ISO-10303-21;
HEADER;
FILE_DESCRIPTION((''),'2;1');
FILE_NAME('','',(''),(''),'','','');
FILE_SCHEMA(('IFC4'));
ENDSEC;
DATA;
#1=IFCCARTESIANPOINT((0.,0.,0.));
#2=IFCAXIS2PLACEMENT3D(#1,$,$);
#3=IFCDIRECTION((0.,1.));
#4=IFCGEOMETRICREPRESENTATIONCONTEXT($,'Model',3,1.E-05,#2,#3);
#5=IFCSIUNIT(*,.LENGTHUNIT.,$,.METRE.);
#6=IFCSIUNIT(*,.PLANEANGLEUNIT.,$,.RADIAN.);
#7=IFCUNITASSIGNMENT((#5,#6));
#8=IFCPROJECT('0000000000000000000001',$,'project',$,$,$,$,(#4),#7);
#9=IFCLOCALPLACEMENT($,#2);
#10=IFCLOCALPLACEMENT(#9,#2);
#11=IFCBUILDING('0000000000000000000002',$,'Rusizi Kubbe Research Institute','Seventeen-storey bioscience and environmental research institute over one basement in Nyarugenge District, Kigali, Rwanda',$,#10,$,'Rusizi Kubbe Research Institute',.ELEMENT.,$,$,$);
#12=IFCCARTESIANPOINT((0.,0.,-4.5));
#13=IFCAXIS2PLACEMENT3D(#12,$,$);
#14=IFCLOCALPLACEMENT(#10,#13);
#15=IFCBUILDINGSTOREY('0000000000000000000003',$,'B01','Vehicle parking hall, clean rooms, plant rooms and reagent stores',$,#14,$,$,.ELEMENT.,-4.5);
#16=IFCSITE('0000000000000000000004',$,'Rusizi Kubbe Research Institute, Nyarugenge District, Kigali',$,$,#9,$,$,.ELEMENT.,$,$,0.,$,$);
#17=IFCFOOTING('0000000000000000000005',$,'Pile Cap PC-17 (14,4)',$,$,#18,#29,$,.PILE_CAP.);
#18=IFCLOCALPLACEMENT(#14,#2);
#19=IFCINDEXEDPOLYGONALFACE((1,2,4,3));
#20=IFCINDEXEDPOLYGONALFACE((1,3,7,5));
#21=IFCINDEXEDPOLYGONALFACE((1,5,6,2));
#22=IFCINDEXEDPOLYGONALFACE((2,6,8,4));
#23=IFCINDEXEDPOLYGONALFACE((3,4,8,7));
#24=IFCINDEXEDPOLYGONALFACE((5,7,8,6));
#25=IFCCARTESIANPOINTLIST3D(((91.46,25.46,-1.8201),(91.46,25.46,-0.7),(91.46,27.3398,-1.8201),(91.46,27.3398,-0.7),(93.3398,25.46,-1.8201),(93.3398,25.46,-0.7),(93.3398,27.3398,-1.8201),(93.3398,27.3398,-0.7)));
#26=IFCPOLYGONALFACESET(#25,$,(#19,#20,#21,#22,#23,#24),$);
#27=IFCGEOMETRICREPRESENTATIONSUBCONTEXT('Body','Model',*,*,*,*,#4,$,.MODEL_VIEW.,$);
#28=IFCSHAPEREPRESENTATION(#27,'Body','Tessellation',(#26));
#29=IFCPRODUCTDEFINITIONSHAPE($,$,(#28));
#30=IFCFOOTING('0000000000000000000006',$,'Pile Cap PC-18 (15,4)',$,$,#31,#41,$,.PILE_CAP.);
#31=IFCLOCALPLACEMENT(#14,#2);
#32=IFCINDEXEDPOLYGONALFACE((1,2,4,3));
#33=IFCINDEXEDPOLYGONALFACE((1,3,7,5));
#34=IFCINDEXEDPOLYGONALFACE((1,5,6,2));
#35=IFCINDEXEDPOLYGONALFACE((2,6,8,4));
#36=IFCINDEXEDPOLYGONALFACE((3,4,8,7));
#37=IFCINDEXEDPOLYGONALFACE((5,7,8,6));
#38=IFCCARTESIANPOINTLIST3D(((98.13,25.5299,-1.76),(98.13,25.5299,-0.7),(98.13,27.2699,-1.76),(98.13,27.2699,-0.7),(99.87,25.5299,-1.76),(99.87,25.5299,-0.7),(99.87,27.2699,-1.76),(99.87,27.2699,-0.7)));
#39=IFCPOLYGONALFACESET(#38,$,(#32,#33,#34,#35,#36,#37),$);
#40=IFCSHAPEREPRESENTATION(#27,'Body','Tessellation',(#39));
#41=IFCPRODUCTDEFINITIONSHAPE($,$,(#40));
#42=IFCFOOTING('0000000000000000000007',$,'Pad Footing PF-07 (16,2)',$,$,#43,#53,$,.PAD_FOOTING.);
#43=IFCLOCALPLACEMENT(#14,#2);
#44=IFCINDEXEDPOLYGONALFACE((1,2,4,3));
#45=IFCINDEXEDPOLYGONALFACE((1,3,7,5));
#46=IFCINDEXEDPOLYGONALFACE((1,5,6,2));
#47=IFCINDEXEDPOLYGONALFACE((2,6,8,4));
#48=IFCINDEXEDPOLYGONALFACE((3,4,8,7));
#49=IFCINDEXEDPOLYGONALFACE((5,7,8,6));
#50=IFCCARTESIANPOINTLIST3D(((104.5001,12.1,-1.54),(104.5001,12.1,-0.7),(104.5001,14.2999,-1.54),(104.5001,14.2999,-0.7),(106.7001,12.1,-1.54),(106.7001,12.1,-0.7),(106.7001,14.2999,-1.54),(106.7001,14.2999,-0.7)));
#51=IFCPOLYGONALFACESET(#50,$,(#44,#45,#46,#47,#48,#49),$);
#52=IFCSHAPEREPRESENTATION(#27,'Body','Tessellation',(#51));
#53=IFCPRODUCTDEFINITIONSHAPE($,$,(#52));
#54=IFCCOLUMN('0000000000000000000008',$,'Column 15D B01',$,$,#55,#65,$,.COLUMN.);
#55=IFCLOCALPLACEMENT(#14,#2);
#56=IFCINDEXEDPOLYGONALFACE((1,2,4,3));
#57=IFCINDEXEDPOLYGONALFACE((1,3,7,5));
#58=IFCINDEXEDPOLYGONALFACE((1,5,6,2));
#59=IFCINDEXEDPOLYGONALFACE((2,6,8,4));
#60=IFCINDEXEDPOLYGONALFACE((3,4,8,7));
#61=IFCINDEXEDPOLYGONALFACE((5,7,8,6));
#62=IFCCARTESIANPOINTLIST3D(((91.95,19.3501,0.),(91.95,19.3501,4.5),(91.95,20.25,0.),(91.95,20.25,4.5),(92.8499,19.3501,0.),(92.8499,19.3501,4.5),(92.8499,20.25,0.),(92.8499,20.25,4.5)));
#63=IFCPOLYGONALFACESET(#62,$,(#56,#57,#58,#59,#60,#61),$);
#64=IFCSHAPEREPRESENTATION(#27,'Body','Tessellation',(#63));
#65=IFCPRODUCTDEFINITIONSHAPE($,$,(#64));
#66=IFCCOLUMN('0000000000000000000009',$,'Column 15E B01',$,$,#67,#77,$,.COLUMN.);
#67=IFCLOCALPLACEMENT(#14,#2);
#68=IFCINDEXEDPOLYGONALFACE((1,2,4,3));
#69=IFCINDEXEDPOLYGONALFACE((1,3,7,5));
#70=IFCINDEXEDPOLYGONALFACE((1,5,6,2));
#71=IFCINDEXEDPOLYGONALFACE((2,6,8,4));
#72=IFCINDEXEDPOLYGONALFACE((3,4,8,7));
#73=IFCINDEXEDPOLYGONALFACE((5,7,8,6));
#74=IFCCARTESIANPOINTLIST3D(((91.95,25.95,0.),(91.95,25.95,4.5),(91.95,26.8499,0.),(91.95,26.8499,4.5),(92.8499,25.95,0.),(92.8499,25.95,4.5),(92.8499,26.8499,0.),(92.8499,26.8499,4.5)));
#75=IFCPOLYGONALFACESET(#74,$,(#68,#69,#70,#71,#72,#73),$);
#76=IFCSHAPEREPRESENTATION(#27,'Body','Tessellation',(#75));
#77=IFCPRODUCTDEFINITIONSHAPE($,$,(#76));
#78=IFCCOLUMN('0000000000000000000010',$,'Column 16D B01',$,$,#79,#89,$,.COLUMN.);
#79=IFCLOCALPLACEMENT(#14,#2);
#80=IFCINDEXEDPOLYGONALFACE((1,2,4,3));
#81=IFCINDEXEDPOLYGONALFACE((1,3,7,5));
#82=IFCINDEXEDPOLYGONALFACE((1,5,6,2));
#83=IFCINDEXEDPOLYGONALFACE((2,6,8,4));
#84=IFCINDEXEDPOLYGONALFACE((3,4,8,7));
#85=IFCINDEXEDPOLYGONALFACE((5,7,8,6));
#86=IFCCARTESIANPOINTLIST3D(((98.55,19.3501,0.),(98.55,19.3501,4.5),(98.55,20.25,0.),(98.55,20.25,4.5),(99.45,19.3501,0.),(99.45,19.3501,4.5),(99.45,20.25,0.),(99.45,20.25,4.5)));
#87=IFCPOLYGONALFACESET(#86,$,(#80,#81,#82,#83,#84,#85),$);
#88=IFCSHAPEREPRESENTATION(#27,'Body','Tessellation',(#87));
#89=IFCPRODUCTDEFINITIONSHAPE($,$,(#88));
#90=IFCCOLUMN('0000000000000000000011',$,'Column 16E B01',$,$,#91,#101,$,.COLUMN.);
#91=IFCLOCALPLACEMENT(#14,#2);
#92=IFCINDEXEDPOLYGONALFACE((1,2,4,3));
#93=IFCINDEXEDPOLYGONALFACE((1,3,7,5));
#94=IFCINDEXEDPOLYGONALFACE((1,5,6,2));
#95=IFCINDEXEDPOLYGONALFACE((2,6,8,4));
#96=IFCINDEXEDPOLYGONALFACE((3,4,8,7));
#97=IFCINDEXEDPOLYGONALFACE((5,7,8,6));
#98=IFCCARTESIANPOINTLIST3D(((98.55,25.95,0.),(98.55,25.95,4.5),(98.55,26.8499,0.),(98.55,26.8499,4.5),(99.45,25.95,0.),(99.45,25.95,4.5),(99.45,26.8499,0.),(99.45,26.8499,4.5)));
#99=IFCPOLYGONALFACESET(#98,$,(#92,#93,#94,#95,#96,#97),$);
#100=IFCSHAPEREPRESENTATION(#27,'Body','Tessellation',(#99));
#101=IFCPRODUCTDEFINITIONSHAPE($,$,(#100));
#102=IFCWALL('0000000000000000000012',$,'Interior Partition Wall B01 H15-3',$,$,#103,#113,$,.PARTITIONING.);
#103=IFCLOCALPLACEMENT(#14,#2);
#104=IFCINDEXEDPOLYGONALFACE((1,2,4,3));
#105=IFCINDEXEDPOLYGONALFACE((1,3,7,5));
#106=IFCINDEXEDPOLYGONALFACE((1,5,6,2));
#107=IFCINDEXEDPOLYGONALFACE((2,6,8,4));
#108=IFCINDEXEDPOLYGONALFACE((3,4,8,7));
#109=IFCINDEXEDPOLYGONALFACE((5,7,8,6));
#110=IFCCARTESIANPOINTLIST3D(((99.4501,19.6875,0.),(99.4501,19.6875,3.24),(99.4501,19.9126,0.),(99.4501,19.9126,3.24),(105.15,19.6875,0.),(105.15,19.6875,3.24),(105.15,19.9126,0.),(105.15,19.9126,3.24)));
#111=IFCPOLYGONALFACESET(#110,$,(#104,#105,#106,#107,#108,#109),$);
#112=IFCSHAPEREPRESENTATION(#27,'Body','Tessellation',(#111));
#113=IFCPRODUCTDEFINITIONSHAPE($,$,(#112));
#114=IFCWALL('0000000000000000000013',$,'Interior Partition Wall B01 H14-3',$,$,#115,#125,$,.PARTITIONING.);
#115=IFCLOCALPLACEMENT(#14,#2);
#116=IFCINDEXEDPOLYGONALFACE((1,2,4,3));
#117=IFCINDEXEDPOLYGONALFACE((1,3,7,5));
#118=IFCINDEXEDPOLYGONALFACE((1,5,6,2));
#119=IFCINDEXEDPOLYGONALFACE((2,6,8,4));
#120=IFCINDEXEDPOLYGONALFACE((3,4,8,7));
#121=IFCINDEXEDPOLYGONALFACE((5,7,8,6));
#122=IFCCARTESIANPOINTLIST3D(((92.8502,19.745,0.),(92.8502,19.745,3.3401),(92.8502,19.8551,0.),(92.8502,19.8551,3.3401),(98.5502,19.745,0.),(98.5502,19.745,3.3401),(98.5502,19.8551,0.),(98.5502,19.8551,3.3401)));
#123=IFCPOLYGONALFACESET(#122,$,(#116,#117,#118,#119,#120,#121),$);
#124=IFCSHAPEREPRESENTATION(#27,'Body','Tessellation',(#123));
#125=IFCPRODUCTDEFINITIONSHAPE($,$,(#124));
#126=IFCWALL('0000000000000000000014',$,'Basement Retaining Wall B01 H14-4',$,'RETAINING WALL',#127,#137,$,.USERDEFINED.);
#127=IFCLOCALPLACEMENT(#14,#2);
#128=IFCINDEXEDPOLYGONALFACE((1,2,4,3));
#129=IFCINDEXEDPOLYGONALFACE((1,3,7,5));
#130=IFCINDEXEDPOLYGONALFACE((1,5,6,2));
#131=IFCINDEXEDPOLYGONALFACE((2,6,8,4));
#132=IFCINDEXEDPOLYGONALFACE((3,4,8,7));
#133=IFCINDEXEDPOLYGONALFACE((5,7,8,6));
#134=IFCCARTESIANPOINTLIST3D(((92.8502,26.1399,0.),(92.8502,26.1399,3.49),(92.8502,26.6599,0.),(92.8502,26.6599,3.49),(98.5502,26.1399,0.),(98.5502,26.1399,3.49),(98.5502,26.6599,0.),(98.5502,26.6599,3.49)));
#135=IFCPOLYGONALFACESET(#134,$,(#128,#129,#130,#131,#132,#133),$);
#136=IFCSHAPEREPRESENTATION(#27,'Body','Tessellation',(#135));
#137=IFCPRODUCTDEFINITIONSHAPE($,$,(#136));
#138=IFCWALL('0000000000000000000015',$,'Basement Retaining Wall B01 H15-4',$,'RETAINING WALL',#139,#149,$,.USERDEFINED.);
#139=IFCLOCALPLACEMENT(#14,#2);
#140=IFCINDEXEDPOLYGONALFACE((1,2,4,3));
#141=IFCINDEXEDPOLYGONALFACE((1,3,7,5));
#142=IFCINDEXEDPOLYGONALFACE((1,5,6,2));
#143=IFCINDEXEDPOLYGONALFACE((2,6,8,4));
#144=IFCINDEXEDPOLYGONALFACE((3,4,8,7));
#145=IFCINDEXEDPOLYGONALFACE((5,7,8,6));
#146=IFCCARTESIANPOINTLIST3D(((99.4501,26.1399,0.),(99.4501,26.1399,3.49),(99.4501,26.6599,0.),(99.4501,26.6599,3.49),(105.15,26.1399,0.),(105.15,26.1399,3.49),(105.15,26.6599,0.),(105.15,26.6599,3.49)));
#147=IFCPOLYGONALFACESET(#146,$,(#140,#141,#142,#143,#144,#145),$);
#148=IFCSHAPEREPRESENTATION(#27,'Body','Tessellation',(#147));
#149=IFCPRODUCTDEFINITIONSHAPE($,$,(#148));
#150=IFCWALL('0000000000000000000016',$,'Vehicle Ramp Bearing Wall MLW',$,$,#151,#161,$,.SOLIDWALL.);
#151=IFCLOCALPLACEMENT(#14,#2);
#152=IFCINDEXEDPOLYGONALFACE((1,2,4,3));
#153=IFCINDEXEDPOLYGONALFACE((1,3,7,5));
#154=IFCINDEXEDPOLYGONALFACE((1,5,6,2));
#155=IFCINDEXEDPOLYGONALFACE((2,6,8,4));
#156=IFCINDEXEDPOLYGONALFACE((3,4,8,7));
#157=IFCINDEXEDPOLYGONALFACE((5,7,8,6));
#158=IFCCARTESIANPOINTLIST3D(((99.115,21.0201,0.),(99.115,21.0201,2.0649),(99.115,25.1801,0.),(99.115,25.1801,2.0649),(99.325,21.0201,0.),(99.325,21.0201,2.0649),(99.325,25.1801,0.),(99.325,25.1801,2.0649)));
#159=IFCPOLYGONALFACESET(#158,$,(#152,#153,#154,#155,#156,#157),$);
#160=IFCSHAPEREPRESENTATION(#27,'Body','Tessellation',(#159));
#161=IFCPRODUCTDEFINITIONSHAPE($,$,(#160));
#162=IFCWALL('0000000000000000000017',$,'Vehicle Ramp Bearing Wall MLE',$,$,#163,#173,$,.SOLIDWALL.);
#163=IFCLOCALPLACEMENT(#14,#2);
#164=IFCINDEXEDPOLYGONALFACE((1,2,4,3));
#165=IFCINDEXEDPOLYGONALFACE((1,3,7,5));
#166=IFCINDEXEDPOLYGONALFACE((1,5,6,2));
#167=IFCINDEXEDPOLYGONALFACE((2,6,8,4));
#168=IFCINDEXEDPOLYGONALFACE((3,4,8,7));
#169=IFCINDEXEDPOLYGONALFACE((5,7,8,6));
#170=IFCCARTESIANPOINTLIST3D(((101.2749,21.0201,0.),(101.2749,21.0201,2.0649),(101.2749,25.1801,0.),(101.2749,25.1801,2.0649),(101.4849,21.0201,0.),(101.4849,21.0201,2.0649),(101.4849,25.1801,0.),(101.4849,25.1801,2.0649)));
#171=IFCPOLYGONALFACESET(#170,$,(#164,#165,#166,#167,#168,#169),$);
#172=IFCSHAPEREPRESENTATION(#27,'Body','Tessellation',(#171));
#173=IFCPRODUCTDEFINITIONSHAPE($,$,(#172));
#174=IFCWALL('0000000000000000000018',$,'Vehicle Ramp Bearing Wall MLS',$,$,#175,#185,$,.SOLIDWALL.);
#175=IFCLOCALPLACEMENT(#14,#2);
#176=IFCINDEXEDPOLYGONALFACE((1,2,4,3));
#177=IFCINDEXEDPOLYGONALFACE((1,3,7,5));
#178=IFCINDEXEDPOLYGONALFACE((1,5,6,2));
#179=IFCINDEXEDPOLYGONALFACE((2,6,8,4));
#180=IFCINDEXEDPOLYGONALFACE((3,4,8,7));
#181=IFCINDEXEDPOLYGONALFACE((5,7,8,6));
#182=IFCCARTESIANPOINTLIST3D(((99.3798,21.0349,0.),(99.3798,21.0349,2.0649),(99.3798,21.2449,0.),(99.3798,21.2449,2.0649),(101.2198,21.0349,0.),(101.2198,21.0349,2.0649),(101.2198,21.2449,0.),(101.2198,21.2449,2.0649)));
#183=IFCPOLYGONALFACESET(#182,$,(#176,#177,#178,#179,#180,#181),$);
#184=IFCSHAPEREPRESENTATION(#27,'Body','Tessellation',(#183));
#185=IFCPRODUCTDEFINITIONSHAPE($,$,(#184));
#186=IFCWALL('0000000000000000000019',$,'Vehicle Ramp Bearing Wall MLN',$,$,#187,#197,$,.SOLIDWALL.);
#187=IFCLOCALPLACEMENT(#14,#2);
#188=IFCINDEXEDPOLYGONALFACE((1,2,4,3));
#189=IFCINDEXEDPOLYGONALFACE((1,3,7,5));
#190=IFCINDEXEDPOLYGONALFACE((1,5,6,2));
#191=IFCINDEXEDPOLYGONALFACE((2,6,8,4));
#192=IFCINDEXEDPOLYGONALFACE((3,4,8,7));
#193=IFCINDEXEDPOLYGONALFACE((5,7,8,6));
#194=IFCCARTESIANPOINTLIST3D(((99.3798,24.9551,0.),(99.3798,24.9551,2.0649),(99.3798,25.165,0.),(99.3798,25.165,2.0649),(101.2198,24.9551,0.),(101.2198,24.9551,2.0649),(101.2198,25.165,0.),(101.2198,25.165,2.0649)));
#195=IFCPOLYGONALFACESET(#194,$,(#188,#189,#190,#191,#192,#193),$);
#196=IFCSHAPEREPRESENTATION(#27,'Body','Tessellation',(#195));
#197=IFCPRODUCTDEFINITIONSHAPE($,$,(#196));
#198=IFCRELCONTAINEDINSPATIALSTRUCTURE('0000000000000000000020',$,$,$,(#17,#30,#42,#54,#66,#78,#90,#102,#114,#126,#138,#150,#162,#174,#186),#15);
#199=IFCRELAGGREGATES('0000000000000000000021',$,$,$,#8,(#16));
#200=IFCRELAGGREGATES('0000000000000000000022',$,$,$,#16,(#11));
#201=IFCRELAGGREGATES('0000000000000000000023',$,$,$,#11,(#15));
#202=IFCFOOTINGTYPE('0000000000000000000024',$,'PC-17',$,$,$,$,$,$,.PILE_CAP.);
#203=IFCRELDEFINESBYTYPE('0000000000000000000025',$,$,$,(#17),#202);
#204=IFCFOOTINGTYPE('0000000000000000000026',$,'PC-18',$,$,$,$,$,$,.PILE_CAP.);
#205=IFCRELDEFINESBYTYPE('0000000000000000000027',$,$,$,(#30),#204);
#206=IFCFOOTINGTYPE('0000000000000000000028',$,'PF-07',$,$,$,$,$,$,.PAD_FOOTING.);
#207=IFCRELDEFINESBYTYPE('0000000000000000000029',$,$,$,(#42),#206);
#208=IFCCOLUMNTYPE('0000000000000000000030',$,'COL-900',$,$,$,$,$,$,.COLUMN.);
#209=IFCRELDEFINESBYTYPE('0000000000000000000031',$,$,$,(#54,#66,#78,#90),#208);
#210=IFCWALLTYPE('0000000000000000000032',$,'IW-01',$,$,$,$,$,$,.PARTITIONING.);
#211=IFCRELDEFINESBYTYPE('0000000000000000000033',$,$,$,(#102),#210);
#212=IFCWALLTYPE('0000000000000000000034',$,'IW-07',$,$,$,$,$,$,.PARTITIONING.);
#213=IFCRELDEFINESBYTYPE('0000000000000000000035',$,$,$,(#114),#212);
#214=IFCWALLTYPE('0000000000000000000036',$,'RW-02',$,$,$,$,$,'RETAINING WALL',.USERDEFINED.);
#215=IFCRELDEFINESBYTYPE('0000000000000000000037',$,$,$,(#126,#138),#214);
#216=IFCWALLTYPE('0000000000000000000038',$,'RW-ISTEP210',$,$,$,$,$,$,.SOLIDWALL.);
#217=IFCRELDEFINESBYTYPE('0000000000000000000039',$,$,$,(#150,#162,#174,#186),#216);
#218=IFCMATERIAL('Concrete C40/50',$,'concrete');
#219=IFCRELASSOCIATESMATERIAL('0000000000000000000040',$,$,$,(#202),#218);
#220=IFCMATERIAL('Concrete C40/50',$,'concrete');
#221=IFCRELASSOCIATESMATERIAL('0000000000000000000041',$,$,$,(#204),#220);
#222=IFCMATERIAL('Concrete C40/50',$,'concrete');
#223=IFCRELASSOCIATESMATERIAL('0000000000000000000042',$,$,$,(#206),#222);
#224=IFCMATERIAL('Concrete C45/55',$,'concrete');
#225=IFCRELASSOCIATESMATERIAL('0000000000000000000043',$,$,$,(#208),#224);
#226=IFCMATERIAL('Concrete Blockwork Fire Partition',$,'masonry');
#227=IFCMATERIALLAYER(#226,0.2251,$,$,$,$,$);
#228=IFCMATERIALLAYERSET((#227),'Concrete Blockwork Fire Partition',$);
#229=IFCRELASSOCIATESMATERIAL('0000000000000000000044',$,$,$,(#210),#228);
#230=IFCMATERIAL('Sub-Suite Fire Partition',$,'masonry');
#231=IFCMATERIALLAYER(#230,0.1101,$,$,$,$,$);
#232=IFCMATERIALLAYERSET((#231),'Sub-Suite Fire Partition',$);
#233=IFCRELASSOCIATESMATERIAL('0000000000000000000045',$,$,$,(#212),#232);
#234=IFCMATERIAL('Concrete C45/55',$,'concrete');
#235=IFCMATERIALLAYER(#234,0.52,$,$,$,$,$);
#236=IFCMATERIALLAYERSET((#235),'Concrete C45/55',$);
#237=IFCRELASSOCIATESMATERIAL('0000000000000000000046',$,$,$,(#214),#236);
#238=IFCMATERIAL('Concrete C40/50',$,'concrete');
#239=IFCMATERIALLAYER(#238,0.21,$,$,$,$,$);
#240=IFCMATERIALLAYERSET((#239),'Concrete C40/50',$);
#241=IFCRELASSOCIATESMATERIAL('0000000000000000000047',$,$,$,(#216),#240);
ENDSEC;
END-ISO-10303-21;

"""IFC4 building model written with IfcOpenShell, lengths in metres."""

from ifc_helpers import new_model, si_unit, direction, frame, frame_2d, origin, origin_2d, place, context, subcontext, project, spatial, rectangle, extrude, material, layer, layer_set, material_profile, profile_set, type_object, element, save


model = new_model("IFC4")

# Units and contexts
model_context = context("Model", 3, precision=1e-05, world=origin(), true_north=direction((0.0, 1.0)))
body_context = subcontext(model_context, "Body", "Model", "MODEL_VIEW")
ifc_project = project(units=[si_unit("LENGTHUNIT", "METRE"), si_unit("PLANEANGLEUNIT", "RADIAN")], contexts=[model_context])

# Site, building, storey
site_placement = place(None, origin())
site = spatial("IfcSite", under=ifc_project, at=site_placement, Name="Rusizi Kubbe Research Institute, Nyarugenge District, Kigali", CompositionType="ELEMENT", RefElevation=0.0)
building_placement = place(site_placement, origin())
building = spatial("IfcBuilding", under=site, at=building_placement, Name="Rusizi Kubbe Research Institute", Description="Seventeen-storey bioscience and environmental research institute over one basement in Nyarugenge District, Kigali, Rwanda", LongName="Rusizi Kubbe Research Institute", CompositionType="ELEMENT")
storey_placement = place(building_placement, frame((0.0, 0.0, -4.5)))
storey = spatial("IfcBuildingStorey", under=building, at=storey_placement, Name="B01", Description="Vehicle parking hall, clean rooms, plant rooms and reagent stores", CompositionType="ELEMENT", Elevation=-4.5)

# Footings
ifc_material_1 = material(Name="Concrete C40/50", Category="concrete")
footing_type_1 = type_object("IfcFootingType", Name="PC-17", PredefinedType="PILE_CAP", material=ifc_material_1)
footing_1_placement = place(storey_placement, frame((92.3999, 26.3999, -1.8201), z_axis=(0.0, 0.0, 1.0), x_axis=(1.0, 0.0, 0.0)))
element("IfcFooting", 1, at=footing_1_placement, inside=storey, type_object=footing_type_1, Name="Pile Cap PC-17 (14,4)", PredefinedType="PILE_CAP", context=body_context, shape_type="SweptSolid", body=[
    extrude(rectangle(XDim=1.8799, YDim=1.8799, at=origin_2d()), origin(), (0.0, 0.0, 1.0), 1.1201),
])
ifc_material_2 = material(Name="Concrete C40/50", Category="concrete")
footing_type_2 = type_object("IfcFootingType", Name="PC-18", PredefinedType="PILE_CAP", material=ifc_material_2)
footing_2_placement = place(storey_placement, frame((99.0, 26.3999, -1.76), z_axis=(0.0, 0.0, 1.0), x_axis=(1.0, 0.0, 0.0)))
element("IfcFooting", 2, at=footing_2_placement, inside=storey, type_object=footing_type_2, Name="Pile Cap PC-18 (15,4)", PredefinedType="PILE_CAP", context=body_context, shape_type="SweptSolid", body=[
    extrude(rectangle(XDim=1.74, YDim=1.74, at=origin_2d()), origin(), (0.0, 0.0, 1.0), 1.0601),
])
ifc_material_3 = material(Name="Concrete C40/50", Category="concrete")
footing_type_3 = type_object("IfcFootingType", Name="PF-07", PredefinedType="PAD_FOOTING", material=ifc_material_3)
footing_3_placement = place(storey_placement, frame((105.6001, 13.2, -1.54), z_axis=(0.0, 0.0, 1.0), x_axis=(1.0, 0.0, 0.0)))
element("IfcFooting", 3, at=footing_3_placement, inside=storey, type_object=footing_type_3, Name="Pad Footing PF-07 (16,2)", PredefinedType="PAD_FOOTING", context=body_context, shape_type="SweptSolid", body=[
    extrude(rectangle(XDim=2.2, YDim=2.2, at=origin_2d()), origin(), (0.0, 0.0, 1.0), 0.8401),
])

# Columns
ifc_material_4 = material(Name="Concrete C45/55", Category="concrete")
ifc_material_profile_1 = material_profile(ifc_material_4, rectangle(XDim=0.8999, YDim=0.8999, at=origin_2d()), Name="RC900x900")
ifc_profile_set_1 = profile_set([ifc_material_profile_1], Name="Concrete C45/55")
column_type = type_object("IfcColumnType", Name="COL-900", PredefinedType="COLUMN", material=ifc_profile_set_1)
for number, where, z_axis, x_axis, name in (
    (4, (92.3999, 19.8, 0.0), (0.0, 0.0, 1.0), (1.0, 0.0, 0.0), "Column 15D B01"),
    (5, (92.3999, 26.3999, 0.0), (0.0, 0.0, 1.0), (1.0, 0.0, 0.0), "Column 15E B01"),
    (6, (99.0, 19.8, 0.0), (0.0, 0.0, 1.0), (1.0, 0.0, 0.0), "Column 16D B01"),
    (7, (99.0, 26.3999, 0.0), (0.0, 0.0, 1.0), (1.0, 0.0, 0.0), "Column 16E B01"),
):
    element("IfcColumn", number, at=place(storey_placement, frame(where, z_axis=z_axis, x_axis=x_axis)), inside=storey, type_object=column_type, Name=name, PredefinedType="COLUMN", context=body_context, shape_type="SweptSolid", body=[
        extrude(rectangle(XDim=0.8999, YDim=0.8999, at=origin_2d()), origin(), (0.0, 0.0, 1.0), 4.5),
    ])

# Walls
ifc_material_5 = material(Name="Concrete Blockwork Fire Partition", Category="masonry")
ifc_layer_1 = layer(ifc_material_5, 0.2251)
ifc_layer_set_1 = layer_set([ifc_layer_1], Name="Concrete Blockwork Fire Partition")
wall_type_1 = type_object("IfcWallType", Name="IW-01", PredefinedType="PARTITIONING", material=ifc_layer_set_1)
wall_1_placement = place(storey_placement, frame((99.45, 19.8, 0.0), z_axis=(0.0, 0.0, 1.0), x_axis=(1.0, 0.0, 0.0)))
element("IfcWall", 8, at=wall_1_placement, inside=storey, type_object=wall_type_1, Name="Interior Partition Wall B01 H15-3", PredefinedType="PARTITIONING", context=body_context, shape_type="SweptSolid", body=[
    extrude(rectangle(XDim=5.7, YDim=0.2251, at=frame_2d((2.8501, 0.0))), origin(), (0.0, 0.0, 1.0), 3.24),
])
ifc_material_6 = material(Name="Sub-Suite Fire Partition", Category="masonry")
ifc_layer_2 = layer(ifc_material_6, 0.1101)
ifc_layer_set_2 = layer_set([ifc_layer_2], Name="Sub-Suite Fire Partition")
wall_type_2 = type_object("IfcWallType", Name="IW-07", PredefinedType="PARTITIONING", material=ifc_layer_set_2)
wall_2_placement = place(storey_placement, frame((92.8501, 19.8, 0.0), z_axis=(0.0, 0.0, 1.0), x_axis=(1.0, 0.0, 0.0)))
element("IfcWall", 9, at=wall_2_placement, inside=storey, type_object=wall_type_2, Name="Interior Partition Wall B01 H14-3", PredefinedType="PARTITIONING", context=body_context, shape_type="SweptSolid", body=[
    extrude(rectangle(XDim=5.7, YDim=0.1101, at=frame_2d((2.8501, 0.0))), origin(), (0.0, 0.0, 1.0), 3.3401),
])
ifc_material_7 = material(Name="Concrete C45/55", Category="concrete")
ifc_layer_3 = layer(ifc_material_7, 0.52)
ifc_layer_set_3 = layer_set([ifc_layer_3], Name="Concrete C45/55")
wall_type_3 = type_object("IfcWallType", Name="RW-02", ElementType="RETAINING WALL", PredefinedType="USERDEFINED", material=ifc_layer_set_3)
for number, where, z_axis, x_axis, name in (
    (10, (92.8501, 26.3999, 0.0), (0.0, 0.0, 1.0), (1.0, 0.0, 0.0), "Basement Retaining Wall B01 H14-4"),
    (11, (99.45, 26.3999, 0.0), (0.0, 0.0, 1.0), (1.0, 0.0, 0.0), "Basement Retaining Wall B01 H15-4"),
):
    element("IfcWall", number, at=place(storey_placement, frame(where, z_axis=z_axis, x_axis=x_axis)), inside=storey, type_object=wall_type_3, Name=name, ObjectType="RETAINING WALL", PredefinedType="USERDEFINED", context=body_context, shape_type="SweptSolid", body=[
        extrude(rectangle(XDim=5.7, YDim=0.52, at=frame_2d((2.8501, 0.0))), origin(), (0.0, 0.0, 1.0), 3.49),
    ])
ifc_material_8 = material(Name="Concrete C40/50", Category="concrete")
ifc_layer_4 = layer(ifc_material_8, 0.21)
ifc_layer_set_4 = layer_set([ifc_layer_4], Name="Concrete C40/50")
wall_type_4 = type_object("IfcWallType", Name="RW-ISTEP210", PredefinedType="SOLIDWALL", material=ifc_layer_set_4)
for number, where, z_axis, x_axis, name in (
    (12, (99.22, 21.02, 0.0), (0.0, 0.0, 1.0), (0.0, 1.0, 0.0), "Vehicle Ramp Bearing Wall MLW"),
    (13, (101.3799, 21.02, 0.0), (0.0, 0.0, 1.0), (0.0, 1.0, 0.0), "Vehicle Ramp Bearing Wall MLE"),
):
    element("IfcWall", number, at=place(storey_placement, frame(where, z_axis=z_axis, x_axis=x_axis)), inside=storey, type_object=wall_type_4, Name=name, PredefinedType="SOLIDWALL", context=body_context, shape_type="SweptSolid", body=[
        extrude(rectangle(XDim=4.1599, YDim=0.21, at=frame_2d((2.0801, 0.0))), origin(), (0.0, 0.0, 1.0), 2.0649),
    ])
for number, where, z_axis, x_axis, name in (
    (14, (99.3799, 21.1399, 0.0), (0.0, 0.0, 1.0), (1.0, 0.0, 0.0), "Vehicle Ramp Bearing Wall MLS"),
    (15, (99.3799, 25.0601, 0.0), (0.0, 0.0, 1.0), (1.0, 0.0, 0.0), "Vehicle Ramp Bearing Wall MLN"),
):
    element("IfcWall", number, at=place(storey_placement, frame(where, z_axis=z_axis, x_axis=x_axis)), inside=storey, type_object=wall_type_4, Name=name, PredefinedType="SOLIDWALL", context=body_context, shape_type="SweptSolid", body=[
        extrude(rectangle(XDim=1.8401, YDim=0.21, at=frame_2d((0.9199, 0.0))), origin(), (0.0, 0.0, 1.0), 2.0649),
    ])

save(model, "model.ifc")
